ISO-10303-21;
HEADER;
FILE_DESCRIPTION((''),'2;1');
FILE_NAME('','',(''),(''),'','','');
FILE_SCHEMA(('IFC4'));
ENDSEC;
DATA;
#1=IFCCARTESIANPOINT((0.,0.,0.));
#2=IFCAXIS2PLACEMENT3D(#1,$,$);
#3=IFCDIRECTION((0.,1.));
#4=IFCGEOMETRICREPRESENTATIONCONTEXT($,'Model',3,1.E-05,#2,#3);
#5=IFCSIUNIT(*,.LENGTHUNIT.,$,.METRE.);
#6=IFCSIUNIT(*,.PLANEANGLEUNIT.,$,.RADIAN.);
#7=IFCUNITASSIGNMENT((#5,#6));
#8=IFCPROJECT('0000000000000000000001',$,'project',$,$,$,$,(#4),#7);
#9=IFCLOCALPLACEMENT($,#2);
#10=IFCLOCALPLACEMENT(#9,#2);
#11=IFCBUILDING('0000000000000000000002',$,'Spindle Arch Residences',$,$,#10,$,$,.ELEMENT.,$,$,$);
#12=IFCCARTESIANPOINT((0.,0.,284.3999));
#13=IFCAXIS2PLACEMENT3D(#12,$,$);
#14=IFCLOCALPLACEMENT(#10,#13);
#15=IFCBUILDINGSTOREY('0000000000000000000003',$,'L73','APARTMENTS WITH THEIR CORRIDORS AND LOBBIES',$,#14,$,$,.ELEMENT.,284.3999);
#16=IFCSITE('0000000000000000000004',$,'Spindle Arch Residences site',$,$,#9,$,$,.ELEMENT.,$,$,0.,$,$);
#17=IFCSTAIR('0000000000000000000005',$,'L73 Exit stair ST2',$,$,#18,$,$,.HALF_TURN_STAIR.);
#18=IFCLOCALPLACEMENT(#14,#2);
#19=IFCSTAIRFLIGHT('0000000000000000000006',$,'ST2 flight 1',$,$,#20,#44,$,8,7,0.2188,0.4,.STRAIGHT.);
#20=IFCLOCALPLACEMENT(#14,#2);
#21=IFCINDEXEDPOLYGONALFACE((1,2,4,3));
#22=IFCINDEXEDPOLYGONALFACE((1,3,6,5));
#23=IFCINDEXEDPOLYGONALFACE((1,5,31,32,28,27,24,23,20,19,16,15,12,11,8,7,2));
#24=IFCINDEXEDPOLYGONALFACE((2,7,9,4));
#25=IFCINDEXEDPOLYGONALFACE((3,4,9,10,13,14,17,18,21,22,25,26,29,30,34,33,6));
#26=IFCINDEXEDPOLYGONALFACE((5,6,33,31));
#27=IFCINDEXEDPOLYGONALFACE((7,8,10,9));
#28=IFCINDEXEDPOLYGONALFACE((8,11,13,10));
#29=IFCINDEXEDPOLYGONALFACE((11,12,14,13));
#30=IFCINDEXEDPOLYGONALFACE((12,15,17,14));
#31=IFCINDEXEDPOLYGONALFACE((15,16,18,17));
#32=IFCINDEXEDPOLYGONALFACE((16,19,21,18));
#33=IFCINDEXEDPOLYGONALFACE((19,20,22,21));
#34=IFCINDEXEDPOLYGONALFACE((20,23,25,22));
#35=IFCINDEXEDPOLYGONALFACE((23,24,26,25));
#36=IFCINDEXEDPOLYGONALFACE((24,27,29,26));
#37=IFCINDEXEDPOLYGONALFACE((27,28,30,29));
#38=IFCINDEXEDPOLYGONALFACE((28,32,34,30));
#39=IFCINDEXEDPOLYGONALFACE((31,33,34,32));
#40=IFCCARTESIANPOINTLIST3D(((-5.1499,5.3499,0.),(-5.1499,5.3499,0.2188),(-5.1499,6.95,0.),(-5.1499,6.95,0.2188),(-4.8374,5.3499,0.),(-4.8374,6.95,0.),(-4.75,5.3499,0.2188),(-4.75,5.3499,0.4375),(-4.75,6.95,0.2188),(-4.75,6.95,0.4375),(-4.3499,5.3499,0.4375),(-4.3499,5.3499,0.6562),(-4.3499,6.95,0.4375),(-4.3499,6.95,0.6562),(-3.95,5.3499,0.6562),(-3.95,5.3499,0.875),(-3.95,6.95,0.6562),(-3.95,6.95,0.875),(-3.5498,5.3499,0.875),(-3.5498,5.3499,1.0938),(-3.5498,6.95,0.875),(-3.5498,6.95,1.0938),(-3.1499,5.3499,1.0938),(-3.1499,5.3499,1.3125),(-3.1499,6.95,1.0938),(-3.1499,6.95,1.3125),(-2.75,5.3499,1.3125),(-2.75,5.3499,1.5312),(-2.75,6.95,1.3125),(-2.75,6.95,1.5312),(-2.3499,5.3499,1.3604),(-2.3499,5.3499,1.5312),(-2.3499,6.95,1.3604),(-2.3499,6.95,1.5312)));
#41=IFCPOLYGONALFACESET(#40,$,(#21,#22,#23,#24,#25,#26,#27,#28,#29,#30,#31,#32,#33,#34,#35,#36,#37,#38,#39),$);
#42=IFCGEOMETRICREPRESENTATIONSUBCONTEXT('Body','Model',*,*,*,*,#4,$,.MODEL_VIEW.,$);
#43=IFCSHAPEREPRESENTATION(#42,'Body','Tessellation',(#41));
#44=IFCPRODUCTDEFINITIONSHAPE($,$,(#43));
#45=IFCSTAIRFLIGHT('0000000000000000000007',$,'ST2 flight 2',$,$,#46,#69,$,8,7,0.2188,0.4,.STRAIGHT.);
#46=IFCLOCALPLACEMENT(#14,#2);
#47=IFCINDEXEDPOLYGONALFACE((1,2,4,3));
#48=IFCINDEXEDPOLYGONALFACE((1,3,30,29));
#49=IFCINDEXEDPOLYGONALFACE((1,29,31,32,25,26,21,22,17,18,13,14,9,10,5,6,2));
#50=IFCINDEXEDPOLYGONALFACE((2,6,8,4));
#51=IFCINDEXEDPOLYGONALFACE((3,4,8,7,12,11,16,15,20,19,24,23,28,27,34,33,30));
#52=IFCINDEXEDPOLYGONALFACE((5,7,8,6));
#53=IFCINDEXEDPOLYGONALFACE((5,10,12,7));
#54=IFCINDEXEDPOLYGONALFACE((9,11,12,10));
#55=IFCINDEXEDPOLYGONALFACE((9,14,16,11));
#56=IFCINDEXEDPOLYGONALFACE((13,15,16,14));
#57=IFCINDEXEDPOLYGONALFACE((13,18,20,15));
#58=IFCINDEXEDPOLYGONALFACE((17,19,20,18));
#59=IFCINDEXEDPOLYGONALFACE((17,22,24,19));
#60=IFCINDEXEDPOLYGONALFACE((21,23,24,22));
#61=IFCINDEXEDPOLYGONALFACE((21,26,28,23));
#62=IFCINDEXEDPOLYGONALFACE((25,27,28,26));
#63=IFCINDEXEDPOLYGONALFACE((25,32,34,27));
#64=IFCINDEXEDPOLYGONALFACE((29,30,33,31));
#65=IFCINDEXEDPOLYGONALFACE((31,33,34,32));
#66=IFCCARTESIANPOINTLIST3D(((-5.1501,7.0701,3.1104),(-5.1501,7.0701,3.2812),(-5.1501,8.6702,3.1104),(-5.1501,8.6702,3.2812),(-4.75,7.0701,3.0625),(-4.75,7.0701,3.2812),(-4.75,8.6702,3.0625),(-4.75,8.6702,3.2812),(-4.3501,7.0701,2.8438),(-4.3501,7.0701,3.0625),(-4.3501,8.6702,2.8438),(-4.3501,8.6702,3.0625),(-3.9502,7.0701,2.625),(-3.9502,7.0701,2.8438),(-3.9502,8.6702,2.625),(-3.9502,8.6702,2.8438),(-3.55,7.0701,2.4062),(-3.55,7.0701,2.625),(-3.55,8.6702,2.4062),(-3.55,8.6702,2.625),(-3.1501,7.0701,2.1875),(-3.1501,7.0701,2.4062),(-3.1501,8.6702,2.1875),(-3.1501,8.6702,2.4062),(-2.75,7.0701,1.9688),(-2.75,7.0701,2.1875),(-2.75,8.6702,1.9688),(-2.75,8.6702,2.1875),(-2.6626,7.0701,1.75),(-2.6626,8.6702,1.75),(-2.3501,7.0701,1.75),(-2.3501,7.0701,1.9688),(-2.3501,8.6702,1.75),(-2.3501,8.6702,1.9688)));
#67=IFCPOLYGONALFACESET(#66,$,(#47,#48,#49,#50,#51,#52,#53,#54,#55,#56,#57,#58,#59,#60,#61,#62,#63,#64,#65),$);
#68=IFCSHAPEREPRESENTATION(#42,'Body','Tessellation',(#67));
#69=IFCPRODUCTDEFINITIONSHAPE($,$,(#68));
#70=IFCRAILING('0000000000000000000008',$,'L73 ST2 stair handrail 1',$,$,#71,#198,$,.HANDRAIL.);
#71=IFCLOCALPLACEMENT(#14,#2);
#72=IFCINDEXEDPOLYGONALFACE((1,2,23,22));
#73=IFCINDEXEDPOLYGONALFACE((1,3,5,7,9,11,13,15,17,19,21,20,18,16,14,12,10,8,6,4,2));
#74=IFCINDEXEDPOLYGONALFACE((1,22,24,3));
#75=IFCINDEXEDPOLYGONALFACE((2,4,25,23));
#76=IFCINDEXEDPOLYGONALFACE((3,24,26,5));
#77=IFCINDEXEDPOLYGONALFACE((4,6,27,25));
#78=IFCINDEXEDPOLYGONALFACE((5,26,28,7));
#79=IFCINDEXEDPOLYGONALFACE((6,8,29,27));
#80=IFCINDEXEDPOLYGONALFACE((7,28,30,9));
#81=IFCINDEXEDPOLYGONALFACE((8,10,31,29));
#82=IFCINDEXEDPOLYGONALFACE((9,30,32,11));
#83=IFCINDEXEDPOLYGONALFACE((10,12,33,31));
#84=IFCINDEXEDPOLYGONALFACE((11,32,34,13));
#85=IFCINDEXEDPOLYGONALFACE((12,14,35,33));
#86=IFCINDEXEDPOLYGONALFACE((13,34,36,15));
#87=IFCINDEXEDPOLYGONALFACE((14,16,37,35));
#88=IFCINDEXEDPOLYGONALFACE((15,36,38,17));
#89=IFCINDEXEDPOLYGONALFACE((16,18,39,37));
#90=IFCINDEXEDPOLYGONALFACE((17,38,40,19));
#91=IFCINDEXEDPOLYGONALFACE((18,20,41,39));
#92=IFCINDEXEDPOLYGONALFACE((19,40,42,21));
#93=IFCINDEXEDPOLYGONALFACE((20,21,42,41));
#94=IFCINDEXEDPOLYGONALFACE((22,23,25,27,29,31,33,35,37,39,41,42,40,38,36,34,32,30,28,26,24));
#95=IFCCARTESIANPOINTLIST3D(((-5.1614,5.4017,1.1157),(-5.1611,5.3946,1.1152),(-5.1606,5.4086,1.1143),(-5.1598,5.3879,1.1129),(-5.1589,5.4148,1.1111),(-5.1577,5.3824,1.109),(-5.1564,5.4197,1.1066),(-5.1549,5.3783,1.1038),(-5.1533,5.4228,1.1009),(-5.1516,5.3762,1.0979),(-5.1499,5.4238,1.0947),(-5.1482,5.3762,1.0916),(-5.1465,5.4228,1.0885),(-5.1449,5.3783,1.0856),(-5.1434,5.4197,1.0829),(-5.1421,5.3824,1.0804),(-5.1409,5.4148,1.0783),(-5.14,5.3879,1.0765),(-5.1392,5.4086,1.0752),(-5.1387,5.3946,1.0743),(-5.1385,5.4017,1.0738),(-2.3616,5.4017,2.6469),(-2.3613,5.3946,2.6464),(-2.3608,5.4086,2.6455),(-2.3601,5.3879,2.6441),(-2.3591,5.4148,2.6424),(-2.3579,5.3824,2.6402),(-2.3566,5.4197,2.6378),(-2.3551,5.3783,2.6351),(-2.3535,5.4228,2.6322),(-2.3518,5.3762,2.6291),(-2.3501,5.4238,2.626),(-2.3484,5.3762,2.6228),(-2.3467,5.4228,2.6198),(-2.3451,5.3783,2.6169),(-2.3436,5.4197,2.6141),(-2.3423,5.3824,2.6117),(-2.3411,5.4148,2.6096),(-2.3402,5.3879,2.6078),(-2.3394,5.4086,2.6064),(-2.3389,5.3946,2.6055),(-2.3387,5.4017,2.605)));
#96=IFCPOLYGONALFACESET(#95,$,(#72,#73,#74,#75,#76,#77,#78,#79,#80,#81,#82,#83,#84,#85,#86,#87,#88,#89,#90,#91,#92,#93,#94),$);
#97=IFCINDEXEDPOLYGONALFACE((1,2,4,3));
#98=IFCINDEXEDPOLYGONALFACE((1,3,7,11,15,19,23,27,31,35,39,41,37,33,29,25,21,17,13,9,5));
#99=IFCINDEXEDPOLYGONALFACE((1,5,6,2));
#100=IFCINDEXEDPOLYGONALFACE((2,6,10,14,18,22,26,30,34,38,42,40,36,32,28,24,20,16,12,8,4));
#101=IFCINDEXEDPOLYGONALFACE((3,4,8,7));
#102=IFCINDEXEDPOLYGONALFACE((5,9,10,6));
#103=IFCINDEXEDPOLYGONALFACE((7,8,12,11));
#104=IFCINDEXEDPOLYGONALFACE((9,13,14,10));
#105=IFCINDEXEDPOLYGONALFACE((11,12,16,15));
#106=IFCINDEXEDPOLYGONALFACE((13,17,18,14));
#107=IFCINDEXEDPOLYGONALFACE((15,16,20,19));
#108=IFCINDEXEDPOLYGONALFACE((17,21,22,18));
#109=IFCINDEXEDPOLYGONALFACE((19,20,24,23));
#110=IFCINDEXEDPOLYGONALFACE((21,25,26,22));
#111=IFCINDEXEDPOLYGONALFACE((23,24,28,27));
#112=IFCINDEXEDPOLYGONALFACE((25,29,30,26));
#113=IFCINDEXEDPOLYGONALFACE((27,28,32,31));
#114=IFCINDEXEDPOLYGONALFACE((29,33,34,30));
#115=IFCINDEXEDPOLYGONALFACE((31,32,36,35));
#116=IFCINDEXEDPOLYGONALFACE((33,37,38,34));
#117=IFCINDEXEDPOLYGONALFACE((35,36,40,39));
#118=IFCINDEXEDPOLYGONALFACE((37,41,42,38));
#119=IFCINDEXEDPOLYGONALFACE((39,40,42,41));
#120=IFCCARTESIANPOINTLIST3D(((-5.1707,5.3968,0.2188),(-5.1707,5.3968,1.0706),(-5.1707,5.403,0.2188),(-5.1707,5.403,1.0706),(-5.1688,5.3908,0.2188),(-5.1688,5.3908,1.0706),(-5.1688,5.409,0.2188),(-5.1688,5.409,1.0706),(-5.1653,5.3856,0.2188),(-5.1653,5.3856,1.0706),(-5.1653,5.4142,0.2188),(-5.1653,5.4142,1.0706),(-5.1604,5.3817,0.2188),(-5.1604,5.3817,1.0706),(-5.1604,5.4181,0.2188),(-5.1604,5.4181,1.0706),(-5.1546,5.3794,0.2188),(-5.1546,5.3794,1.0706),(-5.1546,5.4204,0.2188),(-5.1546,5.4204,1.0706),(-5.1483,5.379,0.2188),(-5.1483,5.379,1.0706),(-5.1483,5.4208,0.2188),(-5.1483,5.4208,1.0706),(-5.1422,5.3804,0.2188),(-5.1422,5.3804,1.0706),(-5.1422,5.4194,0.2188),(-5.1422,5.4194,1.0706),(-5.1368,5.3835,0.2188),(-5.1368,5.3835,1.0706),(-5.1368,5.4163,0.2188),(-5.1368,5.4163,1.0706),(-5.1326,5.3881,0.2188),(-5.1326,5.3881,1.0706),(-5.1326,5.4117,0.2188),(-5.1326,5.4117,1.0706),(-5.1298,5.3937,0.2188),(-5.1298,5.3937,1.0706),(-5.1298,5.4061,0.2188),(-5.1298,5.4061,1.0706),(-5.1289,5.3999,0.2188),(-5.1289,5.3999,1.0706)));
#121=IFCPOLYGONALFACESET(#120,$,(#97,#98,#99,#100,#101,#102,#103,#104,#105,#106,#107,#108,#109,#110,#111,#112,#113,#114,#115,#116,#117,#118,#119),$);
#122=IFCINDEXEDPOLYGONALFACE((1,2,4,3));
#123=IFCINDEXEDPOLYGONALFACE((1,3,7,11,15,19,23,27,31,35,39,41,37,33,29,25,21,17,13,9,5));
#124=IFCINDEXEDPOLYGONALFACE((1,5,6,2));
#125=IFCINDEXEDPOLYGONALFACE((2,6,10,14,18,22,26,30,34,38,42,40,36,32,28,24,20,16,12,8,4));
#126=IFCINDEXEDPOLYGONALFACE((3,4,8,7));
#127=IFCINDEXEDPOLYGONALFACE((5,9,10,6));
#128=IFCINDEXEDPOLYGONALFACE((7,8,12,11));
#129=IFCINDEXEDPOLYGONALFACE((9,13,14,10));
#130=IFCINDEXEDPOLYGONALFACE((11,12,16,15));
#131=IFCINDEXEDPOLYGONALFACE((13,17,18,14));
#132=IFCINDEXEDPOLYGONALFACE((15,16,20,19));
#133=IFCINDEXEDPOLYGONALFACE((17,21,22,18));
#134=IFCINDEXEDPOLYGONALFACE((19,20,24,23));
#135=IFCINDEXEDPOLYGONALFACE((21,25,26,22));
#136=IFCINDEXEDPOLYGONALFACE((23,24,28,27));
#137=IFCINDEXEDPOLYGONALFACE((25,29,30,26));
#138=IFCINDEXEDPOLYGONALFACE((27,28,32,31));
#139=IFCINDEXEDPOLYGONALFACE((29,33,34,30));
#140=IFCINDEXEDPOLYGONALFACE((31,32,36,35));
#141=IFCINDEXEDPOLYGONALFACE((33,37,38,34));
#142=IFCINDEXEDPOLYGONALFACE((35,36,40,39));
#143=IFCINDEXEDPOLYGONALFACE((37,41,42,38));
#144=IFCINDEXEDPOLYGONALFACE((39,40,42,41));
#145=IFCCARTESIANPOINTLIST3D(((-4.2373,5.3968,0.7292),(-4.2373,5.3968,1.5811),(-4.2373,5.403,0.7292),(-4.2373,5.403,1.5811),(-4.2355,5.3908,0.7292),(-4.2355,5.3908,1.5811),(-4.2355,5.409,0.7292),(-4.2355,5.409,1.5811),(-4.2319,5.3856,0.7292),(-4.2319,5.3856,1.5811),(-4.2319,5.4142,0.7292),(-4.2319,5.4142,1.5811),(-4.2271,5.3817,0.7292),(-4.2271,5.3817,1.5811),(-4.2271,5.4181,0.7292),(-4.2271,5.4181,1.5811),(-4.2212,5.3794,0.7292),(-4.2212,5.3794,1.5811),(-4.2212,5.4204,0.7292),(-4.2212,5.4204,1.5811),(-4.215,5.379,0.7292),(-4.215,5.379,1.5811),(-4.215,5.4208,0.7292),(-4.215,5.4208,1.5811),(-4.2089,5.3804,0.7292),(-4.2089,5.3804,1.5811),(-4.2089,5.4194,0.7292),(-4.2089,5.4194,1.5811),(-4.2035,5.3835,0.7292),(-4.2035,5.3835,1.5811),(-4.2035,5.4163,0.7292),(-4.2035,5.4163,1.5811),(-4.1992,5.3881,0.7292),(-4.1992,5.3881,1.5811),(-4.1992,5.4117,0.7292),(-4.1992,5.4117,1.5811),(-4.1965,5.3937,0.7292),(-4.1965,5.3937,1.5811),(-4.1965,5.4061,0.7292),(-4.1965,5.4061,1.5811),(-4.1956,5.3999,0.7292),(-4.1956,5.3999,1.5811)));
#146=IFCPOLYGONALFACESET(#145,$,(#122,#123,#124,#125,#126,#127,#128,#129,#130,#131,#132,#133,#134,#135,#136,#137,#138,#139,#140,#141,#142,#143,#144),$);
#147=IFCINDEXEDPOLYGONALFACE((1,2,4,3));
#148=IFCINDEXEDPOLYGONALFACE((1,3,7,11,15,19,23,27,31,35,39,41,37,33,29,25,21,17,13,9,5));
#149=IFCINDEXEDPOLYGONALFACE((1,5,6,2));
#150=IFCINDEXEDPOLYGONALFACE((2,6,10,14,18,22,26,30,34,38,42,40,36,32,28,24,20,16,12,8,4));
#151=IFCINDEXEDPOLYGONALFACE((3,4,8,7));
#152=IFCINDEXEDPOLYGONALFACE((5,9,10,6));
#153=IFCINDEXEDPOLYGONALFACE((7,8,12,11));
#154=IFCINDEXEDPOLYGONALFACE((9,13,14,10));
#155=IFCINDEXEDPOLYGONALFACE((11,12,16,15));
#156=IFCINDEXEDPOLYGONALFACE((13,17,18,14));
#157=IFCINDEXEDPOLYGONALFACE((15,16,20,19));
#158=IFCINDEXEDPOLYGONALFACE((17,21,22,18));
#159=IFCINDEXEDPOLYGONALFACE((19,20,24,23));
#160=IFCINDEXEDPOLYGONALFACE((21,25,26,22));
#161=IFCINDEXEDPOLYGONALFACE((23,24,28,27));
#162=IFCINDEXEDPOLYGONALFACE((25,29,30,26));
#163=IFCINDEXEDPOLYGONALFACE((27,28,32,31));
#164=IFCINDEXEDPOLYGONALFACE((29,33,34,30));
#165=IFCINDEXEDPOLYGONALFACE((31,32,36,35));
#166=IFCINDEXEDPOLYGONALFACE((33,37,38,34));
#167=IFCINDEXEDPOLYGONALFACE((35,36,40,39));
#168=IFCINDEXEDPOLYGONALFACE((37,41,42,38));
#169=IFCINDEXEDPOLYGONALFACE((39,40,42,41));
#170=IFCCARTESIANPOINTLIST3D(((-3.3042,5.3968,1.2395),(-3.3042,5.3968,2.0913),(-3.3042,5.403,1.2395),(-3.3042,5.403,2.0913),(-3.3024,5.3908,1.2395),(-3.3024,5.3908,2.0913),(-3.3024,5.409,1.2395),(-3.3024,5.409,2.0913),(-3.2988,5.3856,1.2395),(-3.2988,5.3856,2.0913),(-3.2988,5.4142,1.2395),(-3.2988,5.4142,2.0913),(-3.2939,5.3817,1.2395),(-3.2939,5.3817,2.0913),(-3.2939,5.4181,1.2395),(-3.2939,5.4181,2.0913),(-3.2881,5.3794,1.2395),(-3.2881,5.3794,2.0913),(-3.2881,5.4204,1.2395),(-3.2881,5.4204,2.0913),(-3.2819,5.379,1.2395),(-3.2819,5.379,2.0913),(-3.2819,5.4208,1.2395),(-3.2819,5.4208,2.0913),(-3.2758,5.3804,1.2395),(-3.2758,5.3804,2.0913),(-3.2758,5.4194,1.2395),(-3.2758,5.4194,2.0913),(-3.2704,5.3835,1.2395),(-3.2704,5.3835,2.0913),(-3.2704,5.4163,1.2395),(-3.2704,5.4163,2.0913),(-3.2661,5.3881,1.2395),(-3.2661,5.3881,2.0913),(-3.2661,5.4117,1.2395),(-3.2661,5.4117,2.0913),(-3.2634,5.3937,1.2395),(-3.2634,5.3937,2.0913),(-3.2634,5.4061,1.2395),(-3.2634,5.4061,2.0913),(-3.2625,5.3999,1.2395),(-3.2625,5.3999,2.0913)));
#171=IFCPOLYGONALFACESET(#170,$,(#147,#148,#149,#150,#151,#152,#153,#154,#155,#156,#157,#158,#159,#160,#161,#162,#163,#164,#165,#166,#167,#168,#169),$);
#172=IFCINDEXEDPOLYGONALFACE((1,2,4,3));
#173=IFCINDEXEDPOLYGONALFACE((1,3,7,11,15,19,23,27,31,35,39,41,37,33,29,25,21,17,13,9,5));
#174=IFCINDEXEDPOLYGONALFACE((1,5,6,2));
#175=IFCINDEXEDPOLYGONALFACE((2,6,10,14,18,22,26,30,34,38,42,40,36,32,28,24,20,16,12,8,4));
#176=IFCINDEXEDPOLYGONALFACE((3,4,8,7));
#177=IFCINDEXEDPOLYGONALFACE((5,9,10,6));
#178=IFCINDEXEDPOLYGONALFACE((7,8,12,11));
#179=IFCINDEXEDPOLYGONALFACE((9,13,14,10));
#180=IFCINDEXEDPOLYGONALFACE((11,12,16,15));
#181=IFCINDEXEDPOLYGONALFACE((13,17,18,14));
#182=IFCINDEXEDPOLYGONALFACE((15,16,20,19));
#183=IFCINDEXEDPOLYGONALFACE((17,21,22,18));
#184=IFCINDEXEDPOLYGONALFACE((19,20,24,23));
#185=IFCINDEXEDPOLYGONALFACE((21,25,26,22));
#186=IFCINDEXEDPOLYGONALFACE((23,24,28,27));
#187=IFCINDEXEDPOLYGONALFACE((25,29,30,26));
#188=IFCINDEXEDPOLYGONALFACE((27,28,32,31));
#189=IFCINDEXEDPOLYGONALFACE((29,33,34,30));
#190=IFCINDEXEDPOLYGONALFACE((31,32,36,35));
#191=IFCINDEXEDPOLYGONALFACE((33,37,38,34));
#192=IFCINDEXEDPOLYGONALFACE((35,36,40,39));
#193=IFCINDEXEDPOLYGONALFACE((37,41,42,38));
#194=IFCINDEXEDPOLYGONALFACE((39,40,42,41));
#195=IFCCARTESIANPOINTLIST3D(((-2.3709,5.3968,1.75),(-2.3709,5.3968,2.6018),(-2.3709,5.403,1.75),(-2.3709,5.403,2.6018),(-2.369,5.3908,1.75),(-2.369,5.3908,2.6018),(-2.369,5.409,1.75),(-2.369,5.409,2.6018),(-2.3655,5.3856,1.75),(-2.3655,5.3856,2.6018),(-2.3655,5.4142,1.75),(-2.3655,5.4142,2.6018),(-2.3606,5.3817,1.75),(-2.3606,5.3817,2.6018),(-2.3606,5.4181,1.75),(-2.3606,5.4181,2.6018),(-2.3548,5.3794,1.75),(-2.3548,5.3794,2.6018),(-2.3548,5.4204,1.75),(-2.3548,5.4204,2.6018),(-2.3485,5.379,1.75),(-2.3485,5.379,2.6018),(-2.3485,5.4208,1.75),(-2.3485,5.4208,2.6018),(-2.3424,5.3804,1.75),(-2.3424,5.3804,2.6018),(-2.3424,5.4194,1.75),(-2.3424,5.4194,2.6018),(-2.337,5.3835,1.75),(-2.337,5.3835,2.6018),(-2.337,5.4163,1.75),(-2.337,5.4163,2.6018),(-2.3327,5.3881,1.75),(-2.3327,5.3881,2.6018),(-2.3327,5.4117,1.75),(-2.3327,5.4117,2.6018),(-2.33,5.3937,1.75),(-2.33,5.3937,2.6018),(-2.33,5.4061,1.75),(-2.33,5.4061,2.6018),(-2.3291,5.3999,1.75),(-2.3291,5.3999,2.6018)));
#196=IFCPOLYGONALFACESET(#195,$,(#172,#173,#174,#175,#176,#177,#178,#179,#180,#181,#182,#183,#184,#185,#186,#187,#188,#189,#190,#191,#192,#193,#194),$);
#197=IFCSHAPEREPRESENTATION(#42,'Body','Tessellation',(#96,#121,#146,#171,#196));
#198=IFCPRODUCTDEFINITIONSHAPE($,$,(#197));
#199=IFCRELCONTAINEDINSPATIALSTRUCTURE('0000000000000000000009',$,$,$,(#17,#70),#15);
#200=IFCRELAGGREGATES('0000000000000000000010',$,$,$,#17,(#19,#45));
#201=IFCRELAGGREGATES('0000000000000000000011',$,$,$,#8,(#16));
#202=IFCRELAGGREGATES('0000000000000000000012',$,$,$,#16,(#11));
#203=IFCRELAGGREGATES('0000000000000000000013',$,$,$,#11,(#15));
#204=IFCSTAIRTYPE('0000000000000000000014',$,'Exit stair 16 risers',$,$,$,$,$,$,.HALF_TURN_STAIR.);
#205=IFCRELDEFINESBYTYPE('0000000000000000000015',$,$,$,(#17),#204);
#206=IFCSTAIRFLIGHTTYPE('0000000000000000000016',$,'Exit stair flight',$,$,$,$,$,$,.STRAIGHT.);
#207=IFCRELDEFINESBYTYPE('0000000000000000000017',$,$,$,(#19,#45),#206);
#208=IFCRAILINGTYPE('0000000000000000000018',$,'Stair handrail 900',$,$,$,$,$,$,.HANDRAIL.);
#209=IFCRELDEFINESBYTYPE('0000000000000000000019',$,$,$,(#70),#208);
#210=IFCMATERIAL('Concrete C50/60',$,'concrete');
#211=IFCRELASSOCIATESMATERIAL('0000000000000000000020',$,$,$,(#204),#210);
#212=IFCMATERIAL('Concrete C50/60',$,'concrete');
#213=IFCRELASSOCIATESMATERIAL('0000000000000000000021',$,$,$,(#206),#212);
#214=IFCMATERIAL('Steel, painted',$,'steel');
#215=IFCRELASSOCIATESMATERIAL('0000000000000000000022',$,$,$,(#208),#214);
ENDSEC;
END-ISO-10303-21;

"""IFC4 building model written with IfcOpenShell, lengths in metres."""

from ifc_helpers import new_model, si_unit, direction, frame, origin, origin_2d, place, context, subcontext, project, spatial, polyline, circle, outline, extrude, material, type_object, element, aggregate, save


model = new_model("IFC4")

# Units and contexts
model_context = context("Model", 3, precision=1e-05, world=origin(), true_north=direction((0.0, 1.0)))
body_context = subcontext(model_context, "Body", "Model", "MODEL_VIEW")
ifc_project = project(units=[si_unit("LENGTHUNIT", "METRE"), si_unit("PLANEANGLEUNIT", "RADIAN")], contexts=[model_context])

# Site, building, storey
site_placement = place(None, origin())
site = spatial("IfcSite", under=ifc_project, at=site_placement, Name="Spindle Arch Residences site", CompositionType="ELEMENT", RefElevation=0.0)
building_placement = place(site_placement, origin())
building = spatial("IfcBuilding", under=site, at=building_placement, Name="Spindle Arch Residences", CompositionType="ELEMENT")
storey_placement = place(building_placement, frame((0.0, 0.0, 284.3999)))
storey = spatial("IfcBuildingStorey", under=building, at=storey_placement, Name="L73", Description="APARTMENTS WITH THEIR CORRIDORS AND LOBBIES", CompositionType="ELEMENT", Elevation=284.3999)

# Stair, stair flights
ifc_material_1 = material(Name="Concrete C50/60", Category="concrete")
stair_type = type_object("IfcStairType", Name="Exit stair 16 risers", PredefinedType="HALF_TURN_STAIR", material=ifc_material_1)
stair_placement = place(storey_placement, origin())
stair = element("IfcStair", 1, at=stair_placement, inside=storey, type_object=stair_type, Name="L73 Exit stair ST2", PredefinedType="HALF_TURN_STAIR")
ifc_material_2 = material(Name="Concrete C50/60", Category="concrete")
stair_flight_type = type_object("IfcStairFlightType", Name="Exit stair flight", PredefinedType="STRAIGHT", material=ifc_material_2)
stair_flight_1_placement = place(storey_placement, frame((-5.1499, 6.1499, 0.0), z_axis=(0.0, 0.0, 1.0), x_axis=(1.0, 0.0, 0.0)))
stair_flight_1 = element("IfcStairFlight", 2, at=stair_flight_1_placement, type_object=stair_flight_type, Name="ST2 flight 1", NumberOfRisers=8, NumberOfTreads=7, PredefinedType="STRAIGHT", RiserHeight=0.2188, TreadLength=0.4, context=body_context, shape_type="SweptSolid", body=[
    extrude(outline(polyline([(0.0, 0.0), (0.0, 0.2188), (0.3999, 0.2188), (0.3999, 0.4375), (0.8, 0.4375), (0.8, 0.6562), (1.2, 0.6562), (1.2, 0.875), (1.6001, 0.875), (1.6001, 1.0938), (2.0, 1.0938), (2.0, 1.3125), (2.3999, 1.3125), (2.3999, 1.5312), (2.8, 1.5312), (2.8, 1.75), (2.8, 1.3604), (0.3125, 0.0), (0.0, 0.0)])), frame((0.0, 0.8, 0.0), z_axis=(0.0, -1.0, 0.0), x_axis=(1.0, 0.0, 0.0)), (0.0, 0.0, 1.0), 1.6001),
])
stair_flight_2_placement = place(storey_placement, frame((-2.3501, 7.8701, 1.75), z_axis=(0.0, 0.0, 1.0), x_axis=(-1.0, 0.0, 0.0)))
stair_flight_2 = element("IfcStairFlight", 3, at=stair_flight_2_placement, type_object=stair_flight_type, Name="ST2 flight 2", NumberOfRisers=8, NumberOfTreads=7, PredefinedType="STRAIGHT", RiserHeight=0.2188, TreadLength=0.4, context=body_context, shape_type="SweptSolid", body=[
    extrude(outline(polyline([(0.0, 0.0), (0.0, 0.2188), (0.3999, 0.2188), (0.3999, 0.4375), (0.8, 0.4375), (0.8, 0.6562), (1.2, 0.6562), (1.2, 0.875), (1.6001, 0.875), (1.6001, 1.0938), (2.0, 1.0938), (2.0, 1.3125), (2.3999, 1.3125), (2.3999, 1.5312), (2.8, 1.5312), (2.8, 1.75), (2.8, 1.3604), (0.3125, 0.0), (0.0, 0.0)])), frame((0.0, 0.8, 0.0), z_axis=(0.0, -1.0, 0.0), x_axis=(1.0, 0.0, 0.0)), (0.0, 0.0, 1.0), 1.6001),
])
aggregate(stair, [stair_flight_1, stair_flight_2])

# Railing
ifc_material_3 = material(Name="Steel, painted", Category="steel")
railing_type_1 = type_object("IfcRailingType", Name="Stair handrail 900", PredefinedType="HANDRAIL", material=ifc_material_3)
railing_1_placement = place(storey_placement, frame((-5.1499, 5.3999, 0.2188)))
element("IfcRailing", 4, at=railing_1_placement, inside=storey, type_object=railing_type_1, Name="L73 ST2 stair handrail 1", PredefinedType="HANDRAIL", context=body_context, shape_type="SweptSolid", body=[
    extrude(circle(Radius=0.0239, at=origin_2d()), frame((0.0, 0.0, 0.876), z_axis=(0.877357, 0.0, 0.479838), x_axis=(0.0, 1.0, 0.0)), (0.0, 0.0, 1.0), 3.1912),
    extrude(circle(Radius=0.021, at=origin_2d()), origin(), (0.0, 0.0, 1.0), 0.8518),
    extrude(circle(Radius=0.021, at=origin_2d()), frame((0.9333, 0.0, 0.5105)), (0.0, 0.0, 1.0), 0.8518),
    extrude(circle(Radius=0.021, at=origin_2d()), frame((1.8665, 0.0, 1.0208)), (0.0, 0.0, 1.0), 0.8518),
    extrude(circle(Radius=0.021, at=origin_2d()), frame((2.7998, 0.0, 1.5312)), (0.0, 0.0, 1.0), 0.8518),
])

save(model, "model.ifc")
